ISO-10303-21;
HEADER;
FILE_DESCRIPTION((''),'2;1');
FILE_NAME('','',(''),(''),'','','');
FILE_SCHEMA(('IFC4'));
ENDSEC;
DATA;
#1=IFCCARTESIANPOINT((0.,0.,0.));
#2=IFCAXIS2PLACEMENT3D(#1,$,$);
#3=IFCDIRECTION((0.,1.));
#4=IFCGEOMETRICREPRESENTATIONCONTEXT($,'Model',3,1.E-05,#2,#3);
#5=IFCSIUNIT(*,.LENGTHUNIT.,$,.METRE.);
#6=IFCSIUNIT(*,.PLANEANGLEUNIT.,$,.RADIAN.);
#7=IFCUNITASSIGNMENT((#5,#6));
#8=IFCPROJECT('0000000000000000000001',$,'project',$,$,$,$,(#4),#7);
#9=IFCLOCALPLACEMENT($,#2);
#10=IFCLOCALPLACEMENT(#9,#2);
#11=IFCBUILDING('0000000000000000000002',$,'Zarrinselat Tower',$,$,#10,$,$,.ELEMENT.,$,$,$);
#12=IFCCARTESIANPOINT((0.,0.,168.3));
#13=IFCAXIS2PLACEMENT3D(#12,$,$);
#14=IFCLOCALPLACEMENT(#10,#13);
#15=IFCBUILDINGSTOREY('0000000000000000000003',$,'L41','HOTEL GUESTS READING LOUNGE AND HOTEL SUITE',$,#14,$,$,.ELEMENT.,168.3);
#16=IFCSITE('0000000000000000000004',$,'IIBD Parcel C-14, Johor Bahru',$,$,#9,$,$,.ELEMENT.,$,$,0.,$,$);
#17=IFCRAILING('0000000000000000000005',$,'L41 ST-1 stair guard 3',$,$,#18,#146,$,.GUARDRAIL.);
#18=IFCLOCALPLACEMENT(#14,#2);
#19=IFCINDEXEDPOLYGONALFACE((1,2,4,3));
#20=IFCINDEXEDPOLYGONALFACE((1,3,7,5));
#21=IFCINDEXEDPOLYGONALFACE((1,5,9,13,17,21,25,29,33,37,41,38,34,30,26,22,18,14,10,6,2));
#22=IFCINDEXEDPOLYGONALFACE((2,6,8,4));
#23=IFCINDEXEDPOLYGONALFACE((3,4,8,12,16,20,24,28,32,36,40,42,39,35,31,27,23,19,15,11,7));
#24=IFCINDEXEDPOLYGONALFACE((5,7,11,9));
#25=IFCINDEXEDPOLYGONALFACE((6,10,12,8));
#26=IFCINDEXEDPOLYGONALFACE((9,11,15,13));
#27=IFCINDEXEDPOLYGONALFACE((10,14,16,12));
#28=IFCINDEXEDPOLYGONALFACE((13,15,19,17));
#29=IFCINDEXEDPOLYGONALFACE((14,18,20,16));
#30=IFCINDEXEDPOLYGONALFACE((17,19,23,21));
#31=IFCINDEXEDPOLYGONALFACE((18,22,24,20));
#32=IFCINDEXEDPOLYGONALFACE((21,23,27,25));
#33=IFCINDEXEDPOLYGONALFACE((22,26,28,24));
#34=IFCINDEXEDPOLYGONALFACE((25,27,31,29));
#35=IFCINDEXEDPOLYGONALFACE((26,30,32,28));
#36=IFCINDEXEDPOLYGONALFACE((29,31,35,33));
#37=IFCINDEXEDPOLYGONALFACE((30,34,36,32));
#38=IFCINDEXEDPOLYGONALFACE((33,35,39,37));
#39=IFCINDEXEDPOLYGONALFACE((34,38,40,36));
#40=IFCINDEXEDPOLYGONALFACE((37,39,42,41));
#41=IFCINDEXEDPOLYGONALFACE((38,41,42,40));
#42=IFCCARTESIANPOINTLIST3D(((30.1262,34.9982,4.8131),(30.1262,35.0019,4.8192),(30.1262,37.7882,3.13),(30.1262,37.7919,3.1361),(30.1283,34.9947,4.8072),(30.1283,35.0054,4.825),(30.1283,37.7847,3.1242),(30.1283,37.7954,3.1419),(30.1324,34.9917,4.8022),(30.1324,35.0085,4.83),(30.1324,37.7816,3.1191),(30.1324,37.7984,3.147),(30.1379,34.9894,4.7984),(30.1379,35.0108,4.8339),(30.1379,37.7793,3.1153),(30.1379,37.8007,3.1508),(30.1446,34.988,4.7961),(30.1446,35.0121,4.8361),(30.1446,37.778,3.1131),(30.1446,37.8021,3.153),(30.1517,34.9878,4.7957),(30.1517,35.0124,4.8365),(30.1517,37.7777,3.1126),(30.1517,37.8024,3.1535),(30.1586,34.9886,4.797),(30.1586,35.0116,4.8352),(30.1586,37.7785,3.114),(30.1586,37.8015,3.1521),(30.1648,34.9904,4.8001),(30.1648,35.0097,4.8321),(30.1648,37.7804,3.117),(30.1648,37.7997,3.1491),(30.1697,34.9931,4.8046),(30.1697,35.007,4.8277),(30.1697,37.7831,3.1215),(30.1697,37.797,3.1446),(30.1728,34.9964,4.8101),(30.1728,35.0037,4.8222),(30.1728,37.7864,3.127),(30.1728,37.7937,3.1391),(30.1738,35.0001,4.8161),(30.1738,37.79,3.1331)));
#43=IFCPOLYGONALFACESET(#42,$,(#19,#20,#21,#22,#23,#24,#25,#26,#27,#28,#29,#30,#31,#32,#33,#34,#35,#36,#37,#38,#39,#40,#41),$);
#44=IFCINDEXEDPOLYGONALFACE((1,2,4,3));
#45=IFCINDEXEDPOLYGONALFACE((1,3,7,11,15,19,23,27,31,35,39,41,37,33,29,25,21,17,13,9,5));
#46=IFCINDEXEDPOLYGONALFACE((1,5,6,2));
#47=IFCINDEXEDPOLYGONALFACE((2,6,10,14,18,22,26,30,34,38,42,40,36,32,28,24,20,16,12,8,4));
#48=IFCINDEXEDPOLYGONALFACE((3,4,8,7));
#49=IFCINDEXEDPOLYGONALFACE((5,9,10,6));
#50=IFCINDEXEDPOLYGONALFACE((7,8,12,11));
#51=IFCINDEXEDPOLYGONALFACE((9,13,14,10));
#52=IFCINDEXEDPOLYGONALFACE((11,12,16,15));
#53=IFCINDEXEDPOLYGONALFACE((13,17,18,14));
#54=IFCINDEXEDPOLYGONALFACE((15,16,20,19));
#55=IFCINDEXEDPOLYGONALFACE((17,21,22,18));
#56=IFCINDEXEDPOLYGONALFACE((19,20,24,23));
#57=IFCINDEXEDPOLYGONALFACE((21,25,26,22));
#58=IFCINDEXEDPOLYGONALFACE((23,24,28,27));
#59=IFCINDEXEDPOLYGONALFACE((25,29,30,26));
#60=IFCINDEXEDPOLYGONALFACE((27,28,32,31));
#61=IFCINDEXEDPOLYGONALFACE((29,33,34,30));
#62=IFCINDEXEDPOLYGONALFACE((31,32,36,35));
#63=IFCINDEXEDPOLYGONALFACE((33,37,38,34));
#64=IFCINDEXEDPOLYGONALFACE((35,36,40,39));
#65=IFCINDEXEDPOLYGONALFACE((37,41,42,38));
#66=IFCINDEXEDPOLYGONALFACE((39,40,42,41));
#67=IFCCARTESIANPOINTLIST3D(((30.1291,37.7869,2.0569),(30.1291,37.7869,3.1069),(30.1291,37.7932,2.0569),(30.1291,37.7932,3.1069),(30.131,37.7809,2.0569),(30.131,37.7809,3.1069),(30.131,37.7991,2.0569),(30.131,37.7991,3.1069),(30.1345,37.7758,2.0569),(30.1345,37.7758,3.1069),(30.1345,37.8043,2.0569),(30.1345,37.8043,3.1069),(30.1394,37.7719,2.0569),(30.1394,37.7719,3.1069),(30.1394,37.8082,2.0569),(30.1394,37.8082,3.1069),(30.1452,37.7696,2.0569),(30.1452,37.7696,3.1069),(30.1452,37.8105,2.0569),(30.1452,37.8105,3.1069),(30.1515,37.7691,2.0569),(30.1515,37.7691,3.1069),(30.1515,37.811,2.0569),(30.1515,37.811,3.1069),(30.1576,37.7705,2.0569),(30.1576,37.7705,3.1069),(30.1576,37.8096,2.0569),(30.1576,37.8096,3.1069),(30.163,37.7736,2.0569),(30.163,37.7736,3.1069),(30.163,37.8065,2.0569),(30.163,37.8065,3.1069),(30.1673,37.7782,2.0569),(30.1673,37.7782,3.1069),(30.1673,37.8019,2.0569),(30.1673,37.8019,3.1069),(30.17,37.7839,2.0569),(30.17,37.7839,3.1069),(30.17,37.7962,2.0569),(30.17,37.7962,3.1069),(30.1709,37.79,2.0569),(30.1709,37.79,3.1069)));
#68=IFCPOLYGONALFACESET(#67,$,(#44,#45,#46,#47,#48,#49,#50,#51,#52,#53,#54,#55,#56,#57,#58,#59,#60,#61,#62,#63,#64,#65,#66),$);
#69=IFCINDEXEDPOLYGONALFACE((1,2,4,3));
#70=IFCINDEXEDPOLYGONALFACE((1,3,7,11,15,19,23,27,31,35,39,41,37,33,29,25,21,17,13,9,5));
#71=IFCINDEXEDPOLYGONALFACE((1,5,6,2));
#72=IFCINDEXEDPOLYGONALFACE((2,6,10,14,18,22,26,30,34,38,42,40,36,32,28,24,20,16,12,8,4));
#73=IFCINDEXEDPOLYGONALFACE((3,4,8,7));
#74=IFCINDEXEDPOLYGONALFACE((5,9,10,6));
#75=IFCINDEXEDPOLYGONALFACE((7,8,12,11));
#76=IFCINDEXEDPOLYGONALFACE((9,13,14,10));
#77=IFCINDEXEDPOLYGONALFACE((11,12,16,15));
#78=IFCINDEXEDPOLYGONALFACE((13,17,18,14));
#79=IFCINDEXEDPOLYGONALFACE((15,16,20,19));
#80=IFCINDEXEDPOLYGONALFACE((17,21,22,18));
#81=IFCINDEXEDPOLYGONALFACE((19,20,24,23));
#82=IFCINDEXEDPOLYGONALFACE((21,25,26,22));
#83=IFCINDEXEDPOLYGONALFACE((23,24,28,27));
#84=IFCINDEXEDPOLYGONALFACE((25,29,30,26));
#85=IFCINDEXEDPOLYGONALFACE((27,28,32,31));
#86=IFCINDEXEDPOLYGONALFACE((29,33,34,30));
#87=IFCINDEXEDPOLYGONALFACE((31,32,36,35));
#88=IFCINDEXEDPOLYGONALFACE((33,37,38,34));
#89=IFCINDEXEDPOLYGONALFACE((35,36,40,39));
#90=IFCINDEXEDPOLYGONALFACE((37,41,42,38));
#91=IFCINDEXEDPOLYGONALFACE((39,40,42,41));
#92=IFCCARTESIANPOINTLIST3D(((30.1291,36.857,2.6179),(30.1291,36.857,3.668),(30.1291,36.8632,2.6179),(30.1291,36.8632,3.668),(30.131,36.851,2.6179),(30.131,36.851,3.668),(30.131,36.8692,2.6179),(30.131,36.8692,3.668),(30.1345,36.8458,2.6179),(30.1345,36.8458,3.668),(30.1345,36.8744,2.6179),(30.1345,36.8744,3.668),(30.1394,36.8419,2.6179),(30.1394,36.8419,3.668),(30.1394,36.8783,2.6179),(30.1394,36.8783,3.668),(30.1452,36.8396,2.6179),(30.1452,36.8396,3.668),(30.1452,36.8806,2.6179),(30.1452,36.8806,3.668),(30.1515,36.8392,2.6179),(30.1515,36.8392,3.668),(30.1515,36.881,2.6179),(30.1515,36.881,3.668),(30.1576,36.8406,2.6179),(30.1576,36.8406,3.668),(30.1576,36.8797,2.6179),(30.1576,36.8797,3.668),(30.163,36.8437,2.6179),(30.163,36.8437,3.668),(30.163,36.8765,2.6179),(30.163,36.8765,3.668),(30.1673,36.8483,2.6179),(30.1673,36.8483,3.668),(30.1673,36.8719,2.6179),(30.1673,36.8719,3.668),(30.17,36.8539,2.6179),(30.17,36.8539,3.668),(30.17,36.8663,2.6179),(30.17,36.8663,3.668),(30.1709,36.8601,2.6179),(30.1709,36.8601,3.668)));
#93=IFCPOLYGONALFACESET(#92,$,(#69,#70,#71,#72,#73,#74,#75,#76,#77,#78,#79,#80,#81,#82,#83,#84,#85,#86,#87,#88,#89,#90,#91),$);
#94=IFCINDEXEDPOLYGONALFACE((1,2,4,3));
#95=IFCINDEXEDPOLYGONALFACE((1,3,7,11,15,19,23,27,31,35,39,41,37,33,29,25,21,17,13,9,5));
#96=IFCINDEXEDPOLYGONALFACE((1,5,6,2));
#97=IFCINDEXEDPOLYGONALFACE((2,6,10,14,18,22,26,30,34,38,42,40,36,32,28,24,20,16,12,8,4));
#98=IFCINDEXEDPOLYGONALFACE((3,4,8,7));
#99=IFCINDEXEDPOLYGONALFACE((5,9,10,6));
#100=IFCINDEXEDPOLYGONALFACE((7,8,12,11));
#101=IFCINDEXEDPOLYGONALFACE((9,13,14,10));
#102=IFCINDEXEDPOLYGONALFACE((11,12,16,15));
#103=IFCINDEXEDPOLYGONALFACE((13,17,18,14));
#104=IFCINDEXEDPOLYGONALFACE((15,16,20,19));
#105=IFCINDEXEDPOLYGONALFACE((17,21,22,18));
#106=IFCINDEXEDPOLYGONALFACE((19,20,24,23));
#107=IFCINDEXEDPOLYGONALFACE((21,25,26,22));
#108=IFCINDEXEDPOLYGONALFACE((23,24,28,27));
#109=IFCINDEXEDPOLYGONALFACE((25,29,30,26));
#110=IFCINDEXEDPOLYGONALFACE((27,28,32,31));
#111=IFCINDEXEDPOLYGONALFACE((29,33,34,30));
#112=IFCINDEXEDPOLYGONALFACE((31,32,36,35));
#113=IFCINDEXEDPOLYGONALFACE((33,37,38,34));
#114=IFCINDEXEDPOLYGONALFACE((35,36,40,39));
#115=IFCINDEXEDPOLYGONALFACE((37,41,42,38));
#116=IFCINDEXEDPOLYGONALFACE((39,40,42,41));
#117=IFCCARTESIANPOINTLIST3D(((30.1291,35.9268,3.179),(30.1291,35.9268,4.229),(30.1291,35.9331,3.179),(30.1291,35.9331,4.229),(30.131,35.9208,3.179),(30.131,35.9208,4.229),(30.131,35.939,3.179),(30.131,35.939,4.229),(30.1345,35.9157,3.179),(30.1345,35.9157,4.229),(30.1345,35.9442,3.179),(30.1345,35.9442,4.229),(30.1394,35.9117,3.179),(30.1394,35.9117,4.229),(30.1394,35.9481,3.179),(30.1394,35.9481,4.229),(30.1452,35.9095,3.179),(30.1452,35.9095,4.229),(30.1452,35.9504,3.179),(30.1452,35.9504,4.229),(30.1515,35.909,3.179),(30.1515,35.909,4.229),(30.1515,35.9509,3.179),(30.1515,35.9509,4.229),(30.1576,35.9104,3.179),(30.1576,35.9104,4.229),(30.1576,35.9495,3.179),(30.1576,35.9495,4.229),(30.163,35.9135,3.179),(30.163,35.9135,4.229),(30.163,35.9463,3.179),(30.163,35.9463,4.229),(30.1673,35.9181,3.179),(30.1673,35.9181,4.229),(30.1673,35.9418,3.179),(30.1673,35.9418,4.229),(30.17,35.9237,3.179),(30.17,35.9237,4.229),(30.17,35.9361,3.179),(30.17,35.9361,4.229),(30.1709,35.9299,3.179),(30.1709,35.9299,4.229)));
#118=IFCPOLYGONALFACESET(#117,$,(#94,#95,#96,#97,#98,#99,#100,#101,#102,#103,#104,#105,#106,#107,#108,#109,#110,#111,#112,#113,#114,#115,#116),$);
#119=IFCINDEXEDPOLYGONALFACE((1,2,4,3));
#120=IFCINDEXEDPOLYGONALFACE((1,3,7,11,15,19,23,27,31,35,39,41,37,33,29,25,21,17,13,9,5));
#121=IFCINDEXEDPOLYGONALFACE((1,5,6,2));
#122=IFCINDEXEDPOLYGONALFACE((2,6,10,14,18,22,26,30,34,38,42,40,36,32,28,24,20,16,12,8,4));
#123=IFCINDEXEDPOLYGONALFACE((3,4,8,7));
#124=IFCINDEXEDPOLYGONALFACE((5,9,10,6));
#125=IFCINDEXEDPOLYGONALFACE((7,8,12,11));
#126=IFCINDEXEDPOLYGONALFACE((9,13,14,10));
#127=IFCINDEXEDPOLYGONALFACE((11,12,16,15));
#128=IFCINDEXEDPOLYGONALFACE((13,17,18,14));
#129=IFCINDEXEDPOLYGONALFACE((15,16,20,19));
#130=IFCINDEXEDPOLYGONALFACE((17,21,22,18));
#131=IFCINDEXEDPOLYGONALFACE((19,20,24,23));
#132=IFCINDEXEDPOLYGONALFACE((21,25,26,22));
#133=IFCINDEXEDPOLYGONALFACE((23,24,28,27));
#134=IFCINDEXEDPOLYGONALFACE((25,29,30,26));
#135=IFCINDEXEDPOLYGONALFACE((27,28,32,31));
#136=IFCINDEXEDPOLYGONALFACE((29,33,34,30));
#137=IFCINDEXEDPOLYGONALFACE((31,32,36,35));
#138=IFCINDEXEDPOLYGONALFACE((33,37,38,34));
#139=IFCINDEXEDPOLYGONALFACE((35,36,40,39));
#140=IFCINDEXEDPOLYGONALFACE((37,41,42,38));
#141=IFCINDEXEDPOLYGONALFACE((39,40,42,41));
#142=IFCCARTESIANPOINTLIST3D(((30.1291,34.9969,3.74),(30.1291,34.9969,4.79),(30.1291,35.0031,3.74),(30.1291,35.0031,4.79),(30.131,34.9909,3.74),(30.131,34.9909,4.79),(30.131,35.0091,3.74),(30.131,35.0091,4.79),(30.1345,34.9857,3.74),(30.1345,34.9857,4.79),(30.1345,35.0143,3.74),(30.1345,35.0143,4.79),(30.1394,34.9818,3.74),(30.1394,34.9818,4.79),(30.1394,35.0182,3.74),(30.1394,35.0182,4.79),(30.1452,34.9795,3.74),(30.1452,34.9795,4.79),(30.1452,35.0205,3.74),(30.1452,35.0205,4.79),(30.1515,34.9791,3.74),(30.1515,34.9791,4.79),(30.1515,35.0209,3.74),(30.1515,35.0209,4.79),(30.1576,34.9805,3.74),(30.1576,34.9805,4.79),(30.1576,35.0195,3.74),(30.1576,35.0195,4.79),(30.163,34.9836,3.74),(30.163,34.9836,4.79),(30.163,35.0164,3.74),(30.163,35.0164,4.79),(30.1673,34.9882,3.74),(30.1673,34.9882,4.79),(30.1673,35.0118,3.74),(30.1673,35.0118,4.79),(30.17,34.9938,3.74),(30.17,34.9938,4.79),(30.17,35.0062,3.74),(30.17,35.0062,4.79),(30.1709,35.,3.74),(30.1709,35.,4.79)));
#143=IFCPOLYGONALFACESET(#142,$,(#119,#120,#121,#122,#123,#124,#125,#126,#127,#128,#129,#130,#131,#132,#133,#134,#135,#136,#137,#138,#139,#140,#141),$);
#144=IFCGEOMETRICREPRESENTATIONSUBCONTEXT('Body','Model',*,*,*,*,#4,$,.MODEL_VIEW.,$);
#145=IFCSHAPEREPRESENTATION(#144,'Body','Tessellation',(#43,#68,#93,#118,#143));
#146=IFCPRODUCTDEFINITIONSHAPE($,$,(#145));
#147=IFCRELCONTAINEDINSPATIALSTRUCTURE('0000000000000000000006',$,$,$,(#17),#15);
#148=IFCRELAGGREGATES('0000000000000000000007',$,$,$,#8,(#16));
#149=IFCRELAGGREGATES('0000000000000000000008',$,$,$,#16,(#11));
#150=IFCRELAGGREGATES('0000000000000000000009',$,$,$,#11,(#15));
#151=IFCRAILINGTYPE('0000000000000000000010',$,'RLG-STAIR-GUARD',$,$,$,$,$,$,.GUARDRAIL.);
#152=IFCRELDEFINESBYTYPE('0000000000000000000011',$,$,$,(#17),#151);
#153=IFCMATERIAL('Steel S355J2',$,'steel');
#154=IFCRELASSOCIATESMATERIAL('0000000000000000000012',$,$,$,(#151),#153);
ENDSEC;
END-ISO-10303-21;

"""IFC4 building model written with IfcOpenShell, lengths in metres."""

from ifc_helpers import new_model, si_unit, direction, frame, origin, origin_2d, place, context, subcontext, project, spatial, circle, extrude, material, type_object, element, save


model = new_model("IFC4")

# Units and contexts
model_context = context("Model", 3, precision=1e-05, world=origin(), true_north=direction((0.0, 1.0)))
body_context = subcontext(model_context, "Body", "Model", "MODEL_VIEW")
ifc_project = project(units=[si_unit("LENGTHUNIT", "METRE"), si_unit("PLANEANGLEUNIT", "RADIAN")], contexts=[model_context])

# Site, building, storey
site_placement = place(None, origin())
site = spatial("IfcSite", under=ifc_project, at=site_placement, Name="IIBD Parcel C-14, Johor Bahru", CompositionType="ELEMENT", RefElevation=0.0)
building_placement = place(site_placement, origin())
building = spatial("IfcBuilding", under=site, at=building_placement, Name="Zarrinselat Tower", CompositionType="ELEMENT")
storey_placement = place(building_placement, frame((0.0, 0.0, 168.3)))
storey = spatial("IfcBuildingStorey", under=building, at=storey_placement, Name="L41", Description="HOTEL GUESTS READING LOUNGE AND HOTEL SUITE", CompositionType="ELEMENT", Elevation=168.3)

# Railing
ifc_material_1 = material(Name="Steel S355J2", Category="steel")
railing_type_1 = type_object("IfcRailingType", Name="RLG-STAIR-GUARD", PredefinedType="GUARDRAIL", material=ifc_material_1)
railing_1_placement = place(storey_placement, frame((30.1499, 37.79, 2.0569)))
element("IfcRailing", 1, at=railing_1_placement, inside=storey, type_object=railing_type_1, Name="L41 ST-1 stair guard 3", PredefinedType="GUARDRAIL", context=body_context, shape_type="SweptSolid", body=[
    extrude(circle(Radius=0.0239, at=origin_2d()), frame((0.0, 0.0, 1.0762), z_axis=(0.0, -0.856261, 0.516544), x_axis=(1.0, 0.0, 0.0)), (0.0, 0.0, 1.0), 3.2583),
    extrude(circle(Radius=0.021, at=origin_2d()), origin(), (0.0, 0.0, 1.0), 1.05),
    extrude(circle(Radius=0.021, at=origin_2d()), frame((0.0, -0.9299, 0.561)), (0.0, 0.0, 1.0), 1.05),
    extrude(circle(Radius=0.021, at=origin_2d()), frame((0.0, -1.8601, 1.1221)), (0.0, 0.0, 1.0), 1.05),
    extrude(circle(Radius=0.021, at=origin_2d()), frame((0.0, -2.79, 1.6831)), (0.0, 0.0, 1.0), 1.05),
])

save(model, "model.ifc")
